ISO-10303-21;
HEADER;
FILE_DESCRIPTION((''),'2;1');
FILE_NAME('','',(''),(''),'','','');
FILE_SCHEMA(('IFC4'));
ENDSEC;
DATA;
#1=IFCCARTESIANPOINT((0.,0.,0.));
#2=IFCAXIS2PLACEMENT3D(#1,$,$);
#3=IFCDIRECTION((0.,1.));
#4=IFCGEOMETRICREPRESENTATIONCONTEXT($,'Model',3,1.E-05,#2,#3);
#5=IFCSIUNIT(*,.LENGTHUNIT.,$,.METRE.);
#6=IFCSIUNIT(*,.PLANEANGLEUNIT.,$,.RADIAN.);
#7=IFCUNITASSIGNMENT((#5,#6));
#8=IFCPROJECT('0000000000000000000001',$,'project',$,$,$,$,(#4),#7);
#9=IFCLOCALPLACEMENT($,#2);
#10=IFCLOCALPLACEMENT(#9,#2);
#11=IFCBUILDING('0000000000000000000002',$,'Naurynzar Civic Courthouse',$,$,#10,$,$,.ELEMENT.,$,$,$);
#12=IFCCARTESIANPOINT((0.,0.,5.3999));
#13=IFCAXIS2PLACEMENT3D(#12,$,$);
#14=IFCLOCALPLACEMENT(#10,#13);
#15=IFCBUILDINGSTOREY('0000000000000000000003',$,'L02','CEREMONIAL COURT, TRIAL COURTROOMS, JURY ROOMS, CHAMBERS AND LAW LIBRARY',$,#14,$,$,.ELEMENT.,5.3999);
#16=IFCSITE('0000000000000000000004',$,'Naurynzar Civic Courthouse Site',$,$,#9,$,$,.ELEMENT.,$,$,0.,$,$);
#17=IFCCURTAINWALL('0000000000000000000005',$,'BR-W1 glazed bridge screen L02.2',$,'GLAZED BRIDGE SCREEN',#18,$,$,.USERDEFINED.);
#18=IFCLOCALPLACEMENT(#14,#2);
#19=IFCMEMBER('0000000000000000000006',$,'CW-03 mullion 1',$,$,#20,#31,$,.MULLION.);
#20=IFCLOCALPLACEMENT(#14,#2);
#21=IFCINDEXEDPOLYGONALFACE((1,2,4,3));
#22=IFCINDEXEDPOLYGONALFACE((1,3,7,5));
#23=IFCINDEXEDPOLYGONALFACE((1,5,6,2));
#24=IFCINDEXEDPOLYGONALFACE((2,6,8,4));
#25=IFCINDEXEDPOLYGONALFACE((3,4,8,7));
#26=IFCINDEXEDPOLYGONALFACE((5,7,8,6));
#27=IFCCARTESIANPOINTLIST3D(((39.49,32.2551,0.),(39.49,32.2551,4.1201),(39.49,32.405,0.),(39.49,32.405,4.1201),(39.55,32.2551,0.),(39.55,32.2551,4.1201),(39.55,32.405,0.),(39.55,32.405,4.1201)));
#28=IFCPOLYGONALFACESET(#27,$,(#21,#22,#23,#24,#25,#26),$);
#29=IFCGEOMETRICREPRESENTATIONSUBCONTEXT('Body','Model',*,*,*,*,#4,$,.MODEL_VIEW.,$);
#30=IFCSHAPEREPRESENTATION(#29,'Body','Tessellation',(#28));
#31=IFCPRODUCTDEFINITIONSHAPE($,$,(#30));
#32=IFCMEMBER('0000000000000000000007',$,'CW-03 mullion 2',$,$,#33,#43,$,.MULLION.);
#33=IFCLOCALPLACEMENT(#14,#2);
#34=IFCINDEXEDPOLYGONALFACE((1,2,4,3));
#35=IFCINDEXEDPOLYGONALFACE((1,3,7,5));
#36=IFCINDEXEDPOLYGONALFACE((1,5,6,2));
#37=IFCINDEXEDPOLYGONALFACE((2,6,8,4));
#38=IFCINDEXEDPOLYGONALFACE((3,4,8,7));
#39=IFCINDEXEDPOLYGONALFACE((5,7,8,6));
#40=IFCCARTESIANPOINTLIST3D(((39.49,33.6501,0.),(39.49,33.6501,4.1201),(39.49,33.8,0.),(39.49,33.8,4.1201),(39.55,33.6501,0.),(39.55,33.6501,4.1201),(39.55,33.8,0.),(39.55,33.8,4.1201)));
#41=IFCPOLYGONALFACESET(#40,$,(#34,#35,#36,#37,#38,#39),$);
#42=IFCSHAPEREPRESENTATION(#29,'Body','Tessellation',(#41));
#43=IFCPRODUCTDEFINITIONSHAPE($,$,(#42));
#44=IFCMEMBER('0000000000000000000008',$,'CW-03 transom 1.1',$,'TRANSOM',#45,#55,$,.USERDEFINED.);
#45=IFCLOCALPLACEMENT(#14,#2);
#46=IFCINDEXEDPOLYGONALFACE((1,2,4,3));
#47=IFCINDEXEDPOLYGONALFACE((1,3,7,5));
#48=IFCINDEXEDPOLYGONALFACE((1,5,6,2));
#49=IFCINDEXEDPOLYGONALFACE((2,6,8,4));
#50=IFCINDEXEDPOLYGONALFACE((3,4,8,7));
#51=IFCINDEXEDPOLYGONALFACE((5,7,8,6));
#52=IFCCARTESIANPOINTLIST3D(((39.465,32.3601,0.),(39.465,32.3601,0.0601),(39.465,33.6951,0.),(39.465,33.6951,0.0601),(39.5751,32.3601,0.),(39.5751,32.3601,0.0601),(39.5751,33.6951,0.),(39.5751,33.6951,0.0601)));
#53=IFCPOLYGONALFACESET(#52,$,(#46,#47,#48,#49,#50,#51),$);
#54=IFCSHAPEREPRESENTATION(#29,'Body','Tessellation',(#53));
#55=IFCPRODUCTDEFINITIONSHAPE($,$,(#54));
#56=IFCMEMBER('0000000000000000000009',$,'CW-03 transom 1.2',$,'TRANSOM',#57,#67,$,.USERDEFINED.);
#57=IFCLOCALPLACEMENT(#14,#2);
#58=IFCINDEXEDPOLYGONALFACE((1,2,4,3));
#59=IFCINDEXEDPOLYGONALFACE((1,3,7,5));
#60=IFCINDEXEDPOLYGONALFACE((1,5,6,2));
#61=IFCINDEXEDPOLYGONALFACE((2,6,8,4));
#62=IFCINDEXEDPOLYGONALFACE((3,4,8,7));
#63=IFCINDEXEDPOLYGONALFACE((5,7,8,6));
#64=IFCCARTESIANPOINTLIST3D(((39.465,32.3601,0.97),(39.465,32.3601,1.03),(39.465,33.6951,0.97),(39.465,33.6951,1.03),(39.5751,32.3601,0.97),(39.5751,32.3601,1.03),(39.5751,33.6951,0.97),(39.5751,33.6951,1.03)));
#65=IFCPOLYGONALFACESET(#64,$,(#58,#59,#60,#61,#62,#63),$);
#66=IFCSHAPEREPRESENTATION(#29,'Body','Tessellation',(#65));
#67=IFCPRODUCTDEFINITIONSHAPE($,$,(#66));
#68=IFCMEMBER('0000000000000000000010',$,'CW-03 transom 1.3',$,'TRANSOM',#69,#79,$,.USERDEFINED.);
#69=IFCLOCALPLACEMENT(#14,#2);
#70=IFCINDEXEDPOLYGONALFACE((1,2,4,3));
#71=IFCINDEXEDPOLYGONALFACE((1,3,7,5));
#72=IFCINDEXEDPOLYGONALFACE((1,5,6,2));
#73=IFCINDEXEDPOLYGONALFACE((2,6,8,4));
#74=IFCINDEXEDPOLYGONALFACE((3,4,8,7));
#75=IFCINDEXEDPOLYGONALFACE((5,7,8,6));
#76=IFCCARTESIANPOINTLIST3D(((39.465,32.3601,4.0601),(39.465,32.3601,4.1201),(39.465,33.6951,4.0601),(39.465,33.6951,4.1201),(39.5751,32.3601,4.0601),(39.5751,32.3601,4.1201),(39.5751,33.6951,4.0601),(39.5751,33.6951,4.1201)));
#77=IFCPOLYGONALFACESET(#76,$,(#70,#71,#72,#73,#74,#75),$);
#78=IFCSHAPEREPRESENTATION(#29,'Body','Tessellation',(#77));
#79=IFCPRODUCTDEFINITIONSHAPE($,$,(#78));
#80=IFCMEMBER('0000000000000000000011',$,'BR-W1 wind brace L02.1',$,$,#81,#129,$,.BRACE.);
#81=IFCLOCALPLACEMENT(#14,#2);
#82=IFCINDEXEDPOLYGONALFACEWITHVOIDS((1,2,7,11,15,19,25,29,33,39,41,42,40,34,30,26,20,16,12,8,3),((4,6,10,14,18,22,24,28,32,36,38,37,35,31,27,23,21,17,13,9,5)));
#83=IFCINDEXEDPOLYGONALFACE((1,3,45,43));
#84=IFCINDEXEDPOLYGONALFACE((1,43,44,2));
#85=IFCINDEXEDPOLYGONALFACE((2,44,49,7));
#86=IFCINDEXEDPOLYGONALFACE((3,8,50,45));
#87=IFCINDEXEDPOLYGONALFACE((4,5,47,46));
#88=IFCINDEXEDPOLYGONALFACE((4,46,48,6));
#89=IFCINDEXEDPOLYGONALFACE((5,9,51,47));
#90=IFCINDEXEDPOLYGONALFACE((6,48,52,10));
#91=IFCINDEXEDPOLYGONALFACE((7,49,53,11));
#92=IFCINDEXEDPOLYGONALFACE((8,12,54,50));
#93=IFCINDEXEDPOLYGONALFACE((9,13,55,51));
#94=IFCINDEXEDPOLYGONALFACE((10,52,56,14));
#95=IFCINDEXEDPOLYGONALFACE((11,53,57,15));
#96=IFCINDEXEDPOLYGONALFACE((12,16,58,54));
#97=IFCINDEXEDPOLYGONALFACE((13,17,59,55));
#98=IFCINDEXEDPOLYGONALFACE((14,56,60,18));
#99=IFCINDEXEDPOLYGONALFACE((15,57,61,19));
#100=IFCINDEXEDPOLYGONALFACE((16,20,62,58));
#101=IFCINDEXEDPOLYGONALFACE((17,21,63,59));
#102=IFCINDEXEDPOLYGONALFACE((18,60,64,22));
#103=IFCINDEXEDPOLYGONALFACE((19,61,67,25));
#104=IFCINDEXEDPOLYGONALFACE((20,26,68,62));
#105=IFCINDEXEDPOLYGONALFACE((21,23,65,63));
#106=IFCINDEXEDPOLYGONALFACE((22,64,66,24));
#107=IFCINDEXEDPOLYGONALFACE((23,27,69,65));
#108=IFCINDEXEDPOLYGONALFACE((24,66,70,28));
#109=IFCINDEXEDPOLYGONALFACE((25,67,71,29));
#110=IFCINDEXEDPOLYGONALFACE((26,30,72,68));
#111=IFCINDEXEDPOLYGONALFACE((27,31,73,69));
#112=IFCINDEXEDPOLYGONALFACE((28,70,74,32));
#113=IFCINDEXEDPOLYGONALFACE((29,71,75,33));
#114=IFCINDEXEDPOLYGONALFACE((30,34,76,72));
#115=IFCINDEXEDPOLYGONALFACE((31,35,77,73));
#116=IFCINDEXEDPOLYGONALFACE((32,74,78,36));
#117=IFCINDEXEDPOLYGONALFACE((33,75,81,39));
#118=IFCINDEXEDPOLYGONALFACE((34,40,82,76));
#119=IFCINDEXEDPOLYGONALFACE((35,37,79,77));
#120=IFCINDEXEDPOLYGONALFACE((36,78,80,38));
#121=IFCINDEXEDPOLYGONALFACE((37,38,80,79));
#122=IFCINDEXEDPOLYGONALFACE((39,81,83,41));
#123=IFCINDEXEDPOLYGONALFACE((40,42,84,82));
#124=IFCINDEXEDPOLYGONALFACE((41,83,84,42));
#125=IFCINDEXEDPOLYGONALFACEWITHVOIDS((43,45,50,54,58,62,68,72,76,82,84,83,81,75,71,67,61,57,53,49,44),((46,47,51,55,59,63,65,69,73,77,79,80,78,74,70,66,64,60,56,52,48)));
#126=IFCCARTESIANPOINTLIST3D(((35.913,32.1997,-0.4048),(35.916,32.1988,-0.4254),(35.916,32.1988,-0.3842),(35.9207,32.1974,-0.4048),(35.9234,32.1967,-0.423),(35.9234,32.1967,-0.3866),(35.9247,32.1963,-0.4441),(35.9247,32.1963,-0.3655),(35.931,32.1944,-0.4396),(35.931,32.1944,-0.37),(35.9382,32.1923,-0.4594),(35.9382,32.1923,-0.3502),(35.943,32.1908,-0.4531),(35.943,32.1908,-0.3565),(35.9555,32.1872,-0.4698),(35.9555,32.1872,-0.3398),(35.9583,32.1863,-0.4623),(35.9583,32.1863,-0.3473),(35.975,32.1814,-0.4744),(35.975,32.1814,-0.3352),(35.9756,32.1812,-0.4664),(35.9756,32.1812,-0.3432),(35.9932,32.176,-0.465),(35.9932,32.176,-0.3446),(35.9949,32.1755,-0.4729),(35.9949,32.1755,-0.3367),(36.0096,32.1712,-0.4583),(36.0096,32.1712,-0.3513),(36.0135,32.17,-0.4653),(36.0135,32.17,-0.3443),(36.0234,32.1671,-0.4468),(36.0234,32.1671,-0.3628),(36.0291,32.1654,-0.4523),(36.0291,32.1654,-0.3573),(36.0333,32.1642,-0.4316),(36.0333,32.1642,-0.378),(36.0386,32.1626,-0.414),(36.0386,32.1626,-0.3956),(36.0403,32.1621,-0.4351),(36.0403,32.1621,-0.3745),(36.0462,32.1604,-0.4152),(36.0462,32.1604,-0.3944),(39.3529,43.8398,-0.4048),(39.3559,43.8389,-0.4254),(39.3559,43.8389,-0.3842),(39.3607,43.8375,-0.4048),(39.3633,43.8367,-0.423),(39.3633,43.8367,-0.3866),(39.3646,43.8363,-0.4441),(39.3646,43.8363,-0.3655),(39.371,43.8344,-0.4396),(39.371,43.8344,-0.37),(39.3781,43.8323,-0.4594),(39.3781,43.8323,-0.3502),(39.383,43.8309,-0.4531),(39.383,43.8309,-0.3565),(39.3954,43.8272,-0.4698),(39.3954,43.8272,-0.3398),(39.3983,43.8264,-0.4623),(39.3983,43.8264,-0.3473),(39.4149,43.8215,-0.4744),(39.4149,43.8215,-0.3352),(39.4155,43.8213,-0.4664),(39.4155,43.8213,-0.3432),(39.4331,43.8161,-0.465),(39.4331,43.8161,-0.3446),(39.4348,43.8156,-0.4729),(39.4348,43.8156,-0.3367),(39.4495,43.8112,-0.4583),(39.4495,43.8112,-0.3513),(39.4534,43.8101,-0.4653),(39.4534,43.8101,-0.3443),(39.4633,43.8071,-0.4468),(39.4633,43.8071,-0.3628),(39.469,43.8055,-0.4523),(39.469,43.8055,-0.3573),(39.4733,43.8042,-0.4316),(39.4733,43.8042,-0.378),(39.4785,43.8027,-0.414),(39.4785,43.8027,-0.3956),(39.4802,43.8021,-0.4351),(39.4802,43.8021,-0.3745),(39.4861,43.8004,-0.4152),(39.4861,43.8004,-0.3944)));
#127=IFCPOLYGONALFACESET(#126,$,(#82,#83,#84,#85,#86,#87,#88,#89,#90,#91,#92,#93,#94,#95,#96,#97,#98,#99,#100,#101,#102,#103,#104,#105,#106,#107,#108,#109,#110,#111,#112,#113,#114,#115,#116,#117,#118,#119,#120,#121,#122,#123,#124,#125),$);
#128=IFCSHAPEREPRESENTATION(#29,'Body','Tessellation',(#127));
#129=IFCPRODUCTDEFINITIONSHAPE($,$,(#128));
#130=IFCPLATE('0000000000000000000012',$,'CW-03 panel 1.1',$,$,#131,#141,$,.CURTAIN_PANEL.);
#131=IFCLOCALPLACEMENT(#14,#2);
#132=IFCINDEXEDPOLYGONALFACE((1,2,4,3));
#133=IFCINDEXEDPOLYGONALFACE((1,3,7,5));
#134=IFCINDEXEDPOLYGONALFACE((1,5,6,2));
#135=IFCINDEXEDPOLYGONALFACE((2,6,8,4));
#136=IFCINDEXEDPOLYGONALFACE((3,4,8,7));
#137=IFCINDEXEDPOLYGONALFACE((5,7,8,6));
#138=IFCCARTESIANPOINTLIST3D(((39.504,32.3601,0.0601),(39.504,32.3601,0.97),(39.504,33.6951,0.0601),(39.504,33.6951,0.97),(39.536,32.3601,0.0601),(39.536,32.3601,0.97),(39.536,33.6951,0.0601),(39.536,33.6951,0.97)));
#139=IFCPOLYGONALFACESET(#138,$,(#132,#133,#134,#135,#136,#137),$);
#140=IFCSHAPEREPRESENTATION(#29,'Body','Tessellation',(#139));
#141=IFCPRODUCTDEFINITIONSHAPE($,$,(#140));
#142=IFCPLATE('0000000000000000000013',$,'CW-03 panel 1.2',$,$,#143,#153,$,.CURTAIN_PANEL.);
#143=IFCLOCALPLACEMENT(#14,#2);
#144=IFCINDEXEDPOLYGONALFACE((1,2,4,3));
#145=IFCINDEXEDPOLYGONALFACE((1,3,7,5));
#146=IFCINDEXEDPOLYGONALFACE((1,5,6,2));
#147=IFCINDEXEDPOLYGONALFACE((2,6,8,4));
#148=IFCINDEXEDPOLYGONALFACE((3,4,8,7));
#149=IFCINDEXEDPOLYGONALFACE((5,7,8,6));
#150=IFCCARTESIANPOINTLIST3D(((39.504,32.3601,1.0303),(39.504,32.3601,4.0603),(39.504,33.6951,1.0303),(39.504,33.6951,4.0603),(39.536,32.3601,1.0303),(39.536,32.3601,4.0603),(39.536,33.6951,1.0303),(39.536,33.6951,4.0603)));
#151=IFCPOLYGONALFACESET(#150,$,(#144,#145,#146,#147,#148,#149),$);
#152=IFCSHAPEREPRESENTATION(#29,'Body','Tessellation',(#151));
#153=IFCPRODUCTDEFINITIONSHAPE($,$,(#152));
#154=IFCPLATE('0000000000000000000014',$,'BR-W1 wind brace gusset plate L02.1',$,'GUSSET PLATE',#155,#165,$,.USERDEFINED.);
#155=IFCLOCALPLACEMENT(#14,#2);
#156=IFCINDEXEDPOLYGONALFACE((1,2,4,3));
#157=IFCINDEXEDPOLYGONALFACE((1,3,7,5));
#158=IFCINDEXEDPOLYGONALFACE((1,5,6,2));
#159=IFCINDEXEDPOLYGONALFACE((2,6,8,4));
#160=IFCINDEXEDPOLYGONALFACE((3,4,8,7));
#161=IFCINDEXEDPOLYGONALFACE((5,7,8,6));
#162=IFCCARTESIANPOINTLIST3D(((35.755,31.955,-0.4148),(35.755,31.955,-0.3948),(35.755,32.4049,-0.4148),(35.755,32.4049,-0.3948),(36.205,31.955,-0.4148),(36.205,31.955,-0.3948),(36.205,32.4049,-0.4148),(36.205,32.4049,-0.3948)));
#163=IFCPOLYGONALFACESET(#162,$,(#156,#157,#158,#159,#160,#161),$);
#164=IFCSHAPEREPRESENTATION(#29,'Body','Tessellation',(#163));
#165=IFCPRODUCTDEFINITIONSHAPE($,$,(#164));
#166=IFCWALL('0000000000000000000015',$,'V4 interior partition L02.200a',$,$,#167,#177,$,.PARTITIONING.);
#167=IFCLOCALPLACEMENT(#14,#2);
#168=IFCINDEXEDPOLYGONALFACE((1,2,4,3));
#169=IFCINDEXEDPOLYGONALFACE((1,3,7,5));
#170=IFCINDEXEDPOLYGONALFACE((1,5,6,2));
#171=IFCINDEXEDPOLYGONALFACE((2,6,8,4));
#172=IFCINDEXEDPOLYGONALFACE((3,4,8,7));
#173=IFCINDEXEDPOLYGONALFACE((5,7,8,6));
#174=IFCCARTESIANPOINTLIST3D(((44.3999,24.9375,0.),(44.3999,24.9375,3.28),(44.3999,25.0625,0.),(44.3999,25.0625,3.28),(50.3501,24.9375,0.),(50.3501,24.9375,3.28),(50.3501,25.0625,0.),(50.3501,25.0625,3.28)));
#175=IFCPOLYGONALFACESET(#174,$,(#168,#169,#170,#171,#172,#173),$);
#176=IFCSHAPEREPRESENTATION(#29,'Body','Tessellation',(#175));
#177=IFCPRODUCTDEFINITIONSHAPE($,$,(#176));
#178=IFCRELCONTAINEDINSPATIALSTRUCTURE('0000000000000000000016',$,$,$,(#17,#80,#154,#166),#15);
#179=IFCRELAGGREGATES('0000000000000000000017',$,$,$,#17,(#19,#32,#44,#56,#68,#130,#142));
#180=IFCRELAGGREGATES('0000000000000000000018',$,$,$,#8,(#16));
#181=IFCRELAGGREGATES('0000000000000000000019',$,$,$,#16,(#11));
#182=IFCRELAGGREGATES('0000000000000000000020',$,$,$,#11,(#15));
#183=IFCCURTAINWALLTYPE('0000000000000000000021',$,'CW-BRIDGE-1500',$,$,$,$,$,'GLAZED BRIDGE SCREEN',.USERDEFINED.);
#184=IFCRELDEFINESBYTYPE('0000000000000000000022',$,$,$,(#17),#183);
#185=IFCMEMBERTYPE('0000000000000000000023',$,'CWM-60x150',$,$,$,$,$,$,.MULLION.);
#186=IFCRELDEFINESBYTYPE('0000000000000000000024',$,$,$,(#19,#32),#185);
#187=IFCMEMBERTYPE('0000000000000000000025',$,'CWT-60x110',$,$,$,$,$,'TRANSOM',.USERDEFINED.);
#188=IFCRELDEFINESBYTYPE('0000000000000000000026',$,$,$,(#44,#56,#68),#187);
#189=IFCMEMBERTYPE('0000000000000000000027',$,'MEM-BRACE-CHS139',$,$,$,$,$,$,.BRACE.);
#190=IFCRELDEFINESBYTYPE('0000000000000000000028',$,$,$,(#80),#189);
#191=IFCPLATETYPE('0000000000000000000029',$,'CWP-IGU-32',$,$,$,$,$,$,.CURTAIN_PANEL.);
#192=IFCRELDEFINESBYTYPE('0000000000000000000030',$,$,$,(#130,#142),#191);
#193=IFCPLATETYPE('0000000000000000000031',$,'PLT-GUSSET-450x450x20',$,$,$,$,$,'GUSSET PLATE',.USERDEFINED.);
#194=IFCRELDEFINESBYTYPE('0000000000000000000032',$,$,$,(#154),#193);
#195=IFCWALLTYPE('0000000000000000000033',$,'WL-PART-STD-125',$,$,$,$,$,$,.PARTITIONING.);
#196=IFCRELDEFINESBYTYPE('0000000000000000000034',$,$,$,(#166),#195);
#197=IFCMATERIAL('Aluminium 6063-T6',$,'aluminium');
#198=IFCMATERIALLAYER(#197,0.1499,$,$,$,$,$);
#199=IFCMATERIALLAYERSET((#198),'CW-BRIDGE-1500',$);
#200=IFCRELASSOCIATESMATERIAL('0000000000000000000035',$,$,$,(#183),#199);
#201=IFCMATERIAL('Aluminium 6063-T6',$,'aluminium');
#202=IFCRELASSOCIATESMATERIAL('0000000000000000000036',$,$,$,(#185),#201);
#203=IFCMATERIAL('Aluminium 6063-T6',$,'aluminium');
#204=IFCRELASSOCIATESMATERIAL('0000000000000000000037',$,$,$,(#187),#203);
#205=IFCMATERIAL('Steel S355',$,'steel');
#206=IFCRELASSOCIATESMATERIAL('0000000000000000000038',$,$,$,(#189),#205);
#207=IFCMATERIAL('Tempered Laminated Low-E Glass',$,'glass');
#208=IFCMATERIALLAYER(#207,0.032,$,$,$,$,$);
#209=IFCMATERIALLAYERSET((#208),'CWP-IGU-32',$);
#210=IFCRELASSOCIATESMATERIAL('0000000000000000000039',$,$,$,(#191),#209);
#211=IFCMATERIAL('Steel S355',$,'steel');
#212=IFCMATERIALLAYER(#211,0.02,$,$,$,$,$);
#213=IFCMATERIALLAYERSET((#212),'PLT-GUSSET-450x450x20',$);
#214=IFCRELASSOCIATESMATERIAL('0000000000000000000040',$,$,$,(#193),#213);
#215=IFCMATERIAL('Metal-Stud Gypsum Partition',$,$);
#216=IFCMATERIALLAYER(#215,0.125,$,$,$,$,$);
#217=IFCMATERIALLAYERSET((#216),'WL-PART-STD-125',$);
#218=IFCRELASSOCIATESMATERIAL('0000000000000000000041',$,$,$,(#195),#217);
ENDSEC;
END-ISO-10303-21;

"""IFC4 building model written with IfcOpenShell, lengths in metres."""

from ifc_helpers import new_model, si_unit, direction, frame, frame_2d, origin, origin_2d, place, context, subcontext, project, spatial, rectangle, hollow_circle, extrude, material, layer, layer_set, material_profile, profile_set, type_object, element, aggregate, save


model = new_model("IFC4")

# Units and contexts
model_context = context("Model", 3, precision=1e-05, world=origin(), true_north=direction((0.0, 1.0)))
body_context = subcontext(model_context, "Body", "Model", "MODEL_VIEW")
ifc_project = project(units=[si_unit("LENGTHUNIT", "METRE"), si_unit("PLANEANGLEUNIT", "RADIAN")], contexts=[model_context])

# Site, building, storey
site_placement = place(None, origin())
site = spatial("IfcSite", under=ifc_project, at=site_placement, Name="Naurynzar Civic Courthouse Site", CompositionType="ELEMENT", RefElevation=0.0)
building_placement = place(site_placement, origin())
building = spatial("IfcBuilding", under=site, at=building_placement, Name="Naurynzar Civic Courthouse", CompositionType="ELEMENT")
storey_placement = place(building_placement, frame((0.0, 0.0, 5.3999)))
storey = spatial("IfcBuildingStorey", under=building, at=storey_placement, Name="L02", Description="CEREMONIAL COURT, TRIAL COURTROOMS, JURY ROOMS, CHAMBERS AND LAW LIBRARY", CompositionType="ELEMENT", Elevation=5.3999)

# Curtain wall, members
ifc_material_1 = material(Name="Aluminium 6063-T6", Category="aluminium")
ifc_layer_1 = layer(ifc_material_1, 0.1499)
ifc_layer_set_1 = layer_set([ifc_layer_1], Name="CW-BRIDGE-1500")
curtain_wall_type = type_object("IfcCurtainWallType", Name="CW-BRIDGE-1500", ElementType="GLAZED BRIDGE SCREEN", PredefinedType="USERDEFINED", material=ifc_layer_set_1)
curtain_wall_placement = place(storey_placement, origin())
curtain_wall = element("IfcCurtainWall", 1, at=curtain_wall_placement, inside=storey, type_object=curtain_wall_type, Name="BR-W1 glazed bridge screen L02.2", ObjectType="GLAZED BRIDGE SCREEN", PredefinedType="USERDEFINED")
ifc_material_2 = material(Name="Aluminium 6063-T6", Category="aluminium")
ifc_material_profile_1 = material_profile(ifc_material_2, rectangle(XDim=0.0601, YDim=0.1499, at=origin_2d()), Name="ALU MULLION 60x150")
ifc_profile_set_1 = profile_set([ifc_material_profile_1], Name="Aluminium 6063-T6")
member_type_1 = type_object("IfcMemberType", Name="CWM-60x150", PredefinedType="MULLION", material=ifc_profile_set_1)
member_1_placement = place(storey_placement, frame((39.52, 32.3301, 0.0), z_axis=(0.0, 0.0, 1.0), x_axis=(-1.0, 0.0, 0.0)))
member_1 = element("IfcMember", 2, at=member_1_placement, type_object=member_type_1, Name="CW-03 mullion 1", PredefinedType="MULLION", context=body_context, shape_type="SweptSolid", body=[
    extrude(rectangle(XDim=0.0601, YDim=0.1499, at=origin_2d()), origin(), (0.0, 0.0, 1.0), 4.1201),
])
member_2_placement = place(storey_placement, frame((39.52, 33.7251, 0.0), z_axis=(0.0, 0.0, 1.0), x_axis=(-1.0, 0.0, 0.0)))
member_2 = element("IfcMember", 3, at=member_2_placement, type_object=member_type_1, Name="CW-03 mullion 2", PredefinedType="MULLION", context=body_context, shape_type="SweptSolid", body=[
    extrude(rectangle(XDim=0.0601, YDim=0.1499, at=origin_2d()), origin(), (0.0, 0.0, 1.0), 4.1201),
])
ifc_material_3 = material(Name="Aluminium 6063-T6", Category="aluminium")
ifc_material_profile_2 = material_profile(ifc_material_3, rectangle(XDim=0.1101, YDim=0.0601, at=origin_2d()), Name="ALU TRANSOM 60x110")
ifc_profile_set_2 = profile_set([ifc_material_profile_2], Name="Aluminium 6063-T6")
member_type_2 = type_object("IfcMemberType", Name="CWT-60x110", ElementType="TRANSOM", PredefinedType="USERDEFINED", material=ifc_profile_set_2)
member_3_placement = place(storey_placement, frame((39.52, 32.3601, 0.03), z_axis=(0.0, 1.0, 0.0), x_axis=(-1.0, 0.0, 0.0)))
member_3 = element("IfcMember", 4, at=member_3_placement, type_object=member_type_2, Name="CW-03 transom 1.1", ObjectType="TRANSOM", PredefinedType="USERDEFINED", context=body_context, shape_type="SweptSolid", body=[
    extrude(rectangle(XDim=0.1101, YDim=0.0601, at=origin_2d()), origin(), (0.0, 0.0, 1.0), 1.335),
])
member_4_placement = place(storey_placement, frame((39.52, 32.3601, 1.0), z_axis=(0.0, 1.0, 0.0), x_axis=(-1.0, 0.0, 0.0)))
member_4 = element("IfcMember", 5, at=member_4_placement, type_object=member_type_2, Name="CW-03 transom 1.2", ObjectType="TRANSOM", PredefinedType="USERDEFINED", context=body_context, shape_type="SweptSolid", body=[
    extrude(rectangle(XDim=0.1101, YDim=0.0601, at=origin_2d()), origin(), (0.0, 0.0, 1.0), 1.335),
])
member_5_placement = place(storey_placement, frame((39.52, 32.3601, 4.0901), z_axis=(0.0, 1.0, 0.0), x_axis=(-1.0, 0.0, 0.0)))
member_5 = element("IfcMember", 6, at=member_5_placement, type_object=member_type_2, Name="CW-03 transom 1.3", ObjectType="TRANSOM", PredefinedType="USERDEFINED", context=body_context, shape_type="SweptSolid", body=[
    extrude(rectangle(XDim=0.1101, YDim=0.0601, at=origin_2d()), origin(), (0.0, 0.0, 1.0), 1.335),
])

# Member
ifc_material_4 = material(Name="Steel S355", Category="steel")
ifc_material_profile_3 = material_profile(ifc_material_4, hollow_circle(Radius=0.0698, WallThickness=0.0081, at=origin_2d()), Name="CHS 139.7x8")
ifc_profile_set_3 = profile_set([ifc_material_profile_3], Name="Steel S355")
member_type_3 = type_object("IfcMemberType", Name="MEM-BRACE-CHS139", PredefinedType="BRACE", material=ifc_profile_set_3)
member_6_placement = place(storey_placement, frame((35.98, 32.1799, -0.4048), z_axis=(0.283408, 0.959, 0.0), x_axis=(-0.959, 0.283408, 0.0)))
element("IfcMember", 7, at=member_6_placement, inside=storey, type_object=member_type_3, Name="BR-W1 wind brace L02.1", PredefinedType="BRACE", context=body_context, shape_type="SweptSolid", body=[
    extrude(hollow_circle(Radius=0.0698, WallThickness=0.0081, at=origin_2d()), origin(), (0.0, 0.0, 1.0), 12.1377),
])

# Plates
ifc_material_5 = material(Name="Tempered Laminated Low-E Glass", Category="glass")
ifc_layer_2 = layer(ifc_material_5, 0.032)
ifc_layer_set_2 = layer_set([ifc_layer_2], Name="CWP-IGU-32")
plate_type_1 = type_object("IfcPlateType", Name="CWP-IGU-32", PredefinedType="CURTAIN_PANEL", material=ifc_layer_set_2)
plate_1_placement = place(storey_placement, frame((39.52, 33.0276, 0.0601), z_axis=(0.0, 0.0, 1.0), x_axis=(0.0, 1.0, 0.0)))
plate_1 = element("IfcPlate", 8, at=plate_1_placement, type_object=plate_type_1, Name="CW-03 panel 1.1", PredefinedType="CURTAIN_PANEL", context=body_context, shape_type="SweptSolid", body=[
    extrude(rectangle(XDim=1.335, YDim=0.032, at=origin_2d()), origin(), (0.0, 0.0, 1.0), 0.9099),
])
plate_2_placement = place(storey_placement, frame((39.52, 33.0276, 1.0303), z_axis=(0.0, 0.0, 1.0), x_axis=(0.0, 1.0, 0.0)))
plate_2 = element("IfcPlate", 9, at=plate_2_placement, type_object=plate_type_1, Name="CW-03 panel 1.2", PredefinedType="CURTAIN_PANEL", context=body_context, shape_type="SweptSolid", body=[
    extrude(rectangle(XDim=1.335, YDim=0.032, at=origin_2d()), origin(), (0.0, 0.0, 1.0), 3.03),
])
aggregate(curtain_wall, [member_1, member_2, member_3, member_4, member_5, plate_1, plate_2])
ifc_material_6 = material(Name="Steel S355", Category="steel")
ifc_layer_3 = layer(ifc_material_6, 0.02)
ifc_layer_set_3 = layer_set([ifc_layer_3], Name="PLT-GUSSET-450x450x20")
plate_type_2 = type_object("IfcPlateType", Name="PLT-GUSSET-450x450x20", ElementType="GUSSET PLATE", PredefinedType="USERDEFINED", material=ifc_layer_set_3)
plate_3_placement = place(storey_placement, frame((35.98, 32.1799, -0.4148), z_axis=(0.0, 0.0, 1.0), x_axis=(1.0, 0.0, 0.0)))
element("IfcPlate", 10, at=plate_3_placement, inside=storey, type_object=plate_type_2, Name="BR-W1 wind brace gusset plate L02.1", ObjectType="GUSSET PLATE", PredefinedType="USERDEFINED", context=body_context, shape_type="SweptSolid", body=[
    extrude(rectangle(XDim=0.45, YDim=0.45, at=origin_2d()), origin(), (0.0, 0.0, 1.0), 0.02),
])

# Wall
ifc_material_7 = material(Name="Metal-Stud Gypsum Partition")
ifc_layer_4 = layer(ifc_material_7, 0.125)
ifc_layer_set_4 = layer_set([ifc_layer_4], Name="WL-PART-STD-125")
wall_type = type_object("IfcWallType", Name="WL-PART-STD-125", PredefinedType="PARTITIONING", material=ifc_layer_set_4)
wall_placement = place(storey_placement, frame((44.3999, 25.0, 0.0), z_axis=(0.0, 0.0, 1.0), x_axis=(1.0, 0.0, 0.0)))
element("IfcWall", 11, at=wall_placement, inside=storey, type_object=wall_type, Name="V4 interior partition L02.200a", PredefinedType="PARTITIONING", context=body_context, shape_type="SweptSolid", body=[
    extrude(rectangle(XDim=5.9502, YDim=0.125, at=frame_2d((2.9751, 0.0))), origin(), (0.0, 0.0, 1.0), 3.28),
])

save(model, "model.ifc")
